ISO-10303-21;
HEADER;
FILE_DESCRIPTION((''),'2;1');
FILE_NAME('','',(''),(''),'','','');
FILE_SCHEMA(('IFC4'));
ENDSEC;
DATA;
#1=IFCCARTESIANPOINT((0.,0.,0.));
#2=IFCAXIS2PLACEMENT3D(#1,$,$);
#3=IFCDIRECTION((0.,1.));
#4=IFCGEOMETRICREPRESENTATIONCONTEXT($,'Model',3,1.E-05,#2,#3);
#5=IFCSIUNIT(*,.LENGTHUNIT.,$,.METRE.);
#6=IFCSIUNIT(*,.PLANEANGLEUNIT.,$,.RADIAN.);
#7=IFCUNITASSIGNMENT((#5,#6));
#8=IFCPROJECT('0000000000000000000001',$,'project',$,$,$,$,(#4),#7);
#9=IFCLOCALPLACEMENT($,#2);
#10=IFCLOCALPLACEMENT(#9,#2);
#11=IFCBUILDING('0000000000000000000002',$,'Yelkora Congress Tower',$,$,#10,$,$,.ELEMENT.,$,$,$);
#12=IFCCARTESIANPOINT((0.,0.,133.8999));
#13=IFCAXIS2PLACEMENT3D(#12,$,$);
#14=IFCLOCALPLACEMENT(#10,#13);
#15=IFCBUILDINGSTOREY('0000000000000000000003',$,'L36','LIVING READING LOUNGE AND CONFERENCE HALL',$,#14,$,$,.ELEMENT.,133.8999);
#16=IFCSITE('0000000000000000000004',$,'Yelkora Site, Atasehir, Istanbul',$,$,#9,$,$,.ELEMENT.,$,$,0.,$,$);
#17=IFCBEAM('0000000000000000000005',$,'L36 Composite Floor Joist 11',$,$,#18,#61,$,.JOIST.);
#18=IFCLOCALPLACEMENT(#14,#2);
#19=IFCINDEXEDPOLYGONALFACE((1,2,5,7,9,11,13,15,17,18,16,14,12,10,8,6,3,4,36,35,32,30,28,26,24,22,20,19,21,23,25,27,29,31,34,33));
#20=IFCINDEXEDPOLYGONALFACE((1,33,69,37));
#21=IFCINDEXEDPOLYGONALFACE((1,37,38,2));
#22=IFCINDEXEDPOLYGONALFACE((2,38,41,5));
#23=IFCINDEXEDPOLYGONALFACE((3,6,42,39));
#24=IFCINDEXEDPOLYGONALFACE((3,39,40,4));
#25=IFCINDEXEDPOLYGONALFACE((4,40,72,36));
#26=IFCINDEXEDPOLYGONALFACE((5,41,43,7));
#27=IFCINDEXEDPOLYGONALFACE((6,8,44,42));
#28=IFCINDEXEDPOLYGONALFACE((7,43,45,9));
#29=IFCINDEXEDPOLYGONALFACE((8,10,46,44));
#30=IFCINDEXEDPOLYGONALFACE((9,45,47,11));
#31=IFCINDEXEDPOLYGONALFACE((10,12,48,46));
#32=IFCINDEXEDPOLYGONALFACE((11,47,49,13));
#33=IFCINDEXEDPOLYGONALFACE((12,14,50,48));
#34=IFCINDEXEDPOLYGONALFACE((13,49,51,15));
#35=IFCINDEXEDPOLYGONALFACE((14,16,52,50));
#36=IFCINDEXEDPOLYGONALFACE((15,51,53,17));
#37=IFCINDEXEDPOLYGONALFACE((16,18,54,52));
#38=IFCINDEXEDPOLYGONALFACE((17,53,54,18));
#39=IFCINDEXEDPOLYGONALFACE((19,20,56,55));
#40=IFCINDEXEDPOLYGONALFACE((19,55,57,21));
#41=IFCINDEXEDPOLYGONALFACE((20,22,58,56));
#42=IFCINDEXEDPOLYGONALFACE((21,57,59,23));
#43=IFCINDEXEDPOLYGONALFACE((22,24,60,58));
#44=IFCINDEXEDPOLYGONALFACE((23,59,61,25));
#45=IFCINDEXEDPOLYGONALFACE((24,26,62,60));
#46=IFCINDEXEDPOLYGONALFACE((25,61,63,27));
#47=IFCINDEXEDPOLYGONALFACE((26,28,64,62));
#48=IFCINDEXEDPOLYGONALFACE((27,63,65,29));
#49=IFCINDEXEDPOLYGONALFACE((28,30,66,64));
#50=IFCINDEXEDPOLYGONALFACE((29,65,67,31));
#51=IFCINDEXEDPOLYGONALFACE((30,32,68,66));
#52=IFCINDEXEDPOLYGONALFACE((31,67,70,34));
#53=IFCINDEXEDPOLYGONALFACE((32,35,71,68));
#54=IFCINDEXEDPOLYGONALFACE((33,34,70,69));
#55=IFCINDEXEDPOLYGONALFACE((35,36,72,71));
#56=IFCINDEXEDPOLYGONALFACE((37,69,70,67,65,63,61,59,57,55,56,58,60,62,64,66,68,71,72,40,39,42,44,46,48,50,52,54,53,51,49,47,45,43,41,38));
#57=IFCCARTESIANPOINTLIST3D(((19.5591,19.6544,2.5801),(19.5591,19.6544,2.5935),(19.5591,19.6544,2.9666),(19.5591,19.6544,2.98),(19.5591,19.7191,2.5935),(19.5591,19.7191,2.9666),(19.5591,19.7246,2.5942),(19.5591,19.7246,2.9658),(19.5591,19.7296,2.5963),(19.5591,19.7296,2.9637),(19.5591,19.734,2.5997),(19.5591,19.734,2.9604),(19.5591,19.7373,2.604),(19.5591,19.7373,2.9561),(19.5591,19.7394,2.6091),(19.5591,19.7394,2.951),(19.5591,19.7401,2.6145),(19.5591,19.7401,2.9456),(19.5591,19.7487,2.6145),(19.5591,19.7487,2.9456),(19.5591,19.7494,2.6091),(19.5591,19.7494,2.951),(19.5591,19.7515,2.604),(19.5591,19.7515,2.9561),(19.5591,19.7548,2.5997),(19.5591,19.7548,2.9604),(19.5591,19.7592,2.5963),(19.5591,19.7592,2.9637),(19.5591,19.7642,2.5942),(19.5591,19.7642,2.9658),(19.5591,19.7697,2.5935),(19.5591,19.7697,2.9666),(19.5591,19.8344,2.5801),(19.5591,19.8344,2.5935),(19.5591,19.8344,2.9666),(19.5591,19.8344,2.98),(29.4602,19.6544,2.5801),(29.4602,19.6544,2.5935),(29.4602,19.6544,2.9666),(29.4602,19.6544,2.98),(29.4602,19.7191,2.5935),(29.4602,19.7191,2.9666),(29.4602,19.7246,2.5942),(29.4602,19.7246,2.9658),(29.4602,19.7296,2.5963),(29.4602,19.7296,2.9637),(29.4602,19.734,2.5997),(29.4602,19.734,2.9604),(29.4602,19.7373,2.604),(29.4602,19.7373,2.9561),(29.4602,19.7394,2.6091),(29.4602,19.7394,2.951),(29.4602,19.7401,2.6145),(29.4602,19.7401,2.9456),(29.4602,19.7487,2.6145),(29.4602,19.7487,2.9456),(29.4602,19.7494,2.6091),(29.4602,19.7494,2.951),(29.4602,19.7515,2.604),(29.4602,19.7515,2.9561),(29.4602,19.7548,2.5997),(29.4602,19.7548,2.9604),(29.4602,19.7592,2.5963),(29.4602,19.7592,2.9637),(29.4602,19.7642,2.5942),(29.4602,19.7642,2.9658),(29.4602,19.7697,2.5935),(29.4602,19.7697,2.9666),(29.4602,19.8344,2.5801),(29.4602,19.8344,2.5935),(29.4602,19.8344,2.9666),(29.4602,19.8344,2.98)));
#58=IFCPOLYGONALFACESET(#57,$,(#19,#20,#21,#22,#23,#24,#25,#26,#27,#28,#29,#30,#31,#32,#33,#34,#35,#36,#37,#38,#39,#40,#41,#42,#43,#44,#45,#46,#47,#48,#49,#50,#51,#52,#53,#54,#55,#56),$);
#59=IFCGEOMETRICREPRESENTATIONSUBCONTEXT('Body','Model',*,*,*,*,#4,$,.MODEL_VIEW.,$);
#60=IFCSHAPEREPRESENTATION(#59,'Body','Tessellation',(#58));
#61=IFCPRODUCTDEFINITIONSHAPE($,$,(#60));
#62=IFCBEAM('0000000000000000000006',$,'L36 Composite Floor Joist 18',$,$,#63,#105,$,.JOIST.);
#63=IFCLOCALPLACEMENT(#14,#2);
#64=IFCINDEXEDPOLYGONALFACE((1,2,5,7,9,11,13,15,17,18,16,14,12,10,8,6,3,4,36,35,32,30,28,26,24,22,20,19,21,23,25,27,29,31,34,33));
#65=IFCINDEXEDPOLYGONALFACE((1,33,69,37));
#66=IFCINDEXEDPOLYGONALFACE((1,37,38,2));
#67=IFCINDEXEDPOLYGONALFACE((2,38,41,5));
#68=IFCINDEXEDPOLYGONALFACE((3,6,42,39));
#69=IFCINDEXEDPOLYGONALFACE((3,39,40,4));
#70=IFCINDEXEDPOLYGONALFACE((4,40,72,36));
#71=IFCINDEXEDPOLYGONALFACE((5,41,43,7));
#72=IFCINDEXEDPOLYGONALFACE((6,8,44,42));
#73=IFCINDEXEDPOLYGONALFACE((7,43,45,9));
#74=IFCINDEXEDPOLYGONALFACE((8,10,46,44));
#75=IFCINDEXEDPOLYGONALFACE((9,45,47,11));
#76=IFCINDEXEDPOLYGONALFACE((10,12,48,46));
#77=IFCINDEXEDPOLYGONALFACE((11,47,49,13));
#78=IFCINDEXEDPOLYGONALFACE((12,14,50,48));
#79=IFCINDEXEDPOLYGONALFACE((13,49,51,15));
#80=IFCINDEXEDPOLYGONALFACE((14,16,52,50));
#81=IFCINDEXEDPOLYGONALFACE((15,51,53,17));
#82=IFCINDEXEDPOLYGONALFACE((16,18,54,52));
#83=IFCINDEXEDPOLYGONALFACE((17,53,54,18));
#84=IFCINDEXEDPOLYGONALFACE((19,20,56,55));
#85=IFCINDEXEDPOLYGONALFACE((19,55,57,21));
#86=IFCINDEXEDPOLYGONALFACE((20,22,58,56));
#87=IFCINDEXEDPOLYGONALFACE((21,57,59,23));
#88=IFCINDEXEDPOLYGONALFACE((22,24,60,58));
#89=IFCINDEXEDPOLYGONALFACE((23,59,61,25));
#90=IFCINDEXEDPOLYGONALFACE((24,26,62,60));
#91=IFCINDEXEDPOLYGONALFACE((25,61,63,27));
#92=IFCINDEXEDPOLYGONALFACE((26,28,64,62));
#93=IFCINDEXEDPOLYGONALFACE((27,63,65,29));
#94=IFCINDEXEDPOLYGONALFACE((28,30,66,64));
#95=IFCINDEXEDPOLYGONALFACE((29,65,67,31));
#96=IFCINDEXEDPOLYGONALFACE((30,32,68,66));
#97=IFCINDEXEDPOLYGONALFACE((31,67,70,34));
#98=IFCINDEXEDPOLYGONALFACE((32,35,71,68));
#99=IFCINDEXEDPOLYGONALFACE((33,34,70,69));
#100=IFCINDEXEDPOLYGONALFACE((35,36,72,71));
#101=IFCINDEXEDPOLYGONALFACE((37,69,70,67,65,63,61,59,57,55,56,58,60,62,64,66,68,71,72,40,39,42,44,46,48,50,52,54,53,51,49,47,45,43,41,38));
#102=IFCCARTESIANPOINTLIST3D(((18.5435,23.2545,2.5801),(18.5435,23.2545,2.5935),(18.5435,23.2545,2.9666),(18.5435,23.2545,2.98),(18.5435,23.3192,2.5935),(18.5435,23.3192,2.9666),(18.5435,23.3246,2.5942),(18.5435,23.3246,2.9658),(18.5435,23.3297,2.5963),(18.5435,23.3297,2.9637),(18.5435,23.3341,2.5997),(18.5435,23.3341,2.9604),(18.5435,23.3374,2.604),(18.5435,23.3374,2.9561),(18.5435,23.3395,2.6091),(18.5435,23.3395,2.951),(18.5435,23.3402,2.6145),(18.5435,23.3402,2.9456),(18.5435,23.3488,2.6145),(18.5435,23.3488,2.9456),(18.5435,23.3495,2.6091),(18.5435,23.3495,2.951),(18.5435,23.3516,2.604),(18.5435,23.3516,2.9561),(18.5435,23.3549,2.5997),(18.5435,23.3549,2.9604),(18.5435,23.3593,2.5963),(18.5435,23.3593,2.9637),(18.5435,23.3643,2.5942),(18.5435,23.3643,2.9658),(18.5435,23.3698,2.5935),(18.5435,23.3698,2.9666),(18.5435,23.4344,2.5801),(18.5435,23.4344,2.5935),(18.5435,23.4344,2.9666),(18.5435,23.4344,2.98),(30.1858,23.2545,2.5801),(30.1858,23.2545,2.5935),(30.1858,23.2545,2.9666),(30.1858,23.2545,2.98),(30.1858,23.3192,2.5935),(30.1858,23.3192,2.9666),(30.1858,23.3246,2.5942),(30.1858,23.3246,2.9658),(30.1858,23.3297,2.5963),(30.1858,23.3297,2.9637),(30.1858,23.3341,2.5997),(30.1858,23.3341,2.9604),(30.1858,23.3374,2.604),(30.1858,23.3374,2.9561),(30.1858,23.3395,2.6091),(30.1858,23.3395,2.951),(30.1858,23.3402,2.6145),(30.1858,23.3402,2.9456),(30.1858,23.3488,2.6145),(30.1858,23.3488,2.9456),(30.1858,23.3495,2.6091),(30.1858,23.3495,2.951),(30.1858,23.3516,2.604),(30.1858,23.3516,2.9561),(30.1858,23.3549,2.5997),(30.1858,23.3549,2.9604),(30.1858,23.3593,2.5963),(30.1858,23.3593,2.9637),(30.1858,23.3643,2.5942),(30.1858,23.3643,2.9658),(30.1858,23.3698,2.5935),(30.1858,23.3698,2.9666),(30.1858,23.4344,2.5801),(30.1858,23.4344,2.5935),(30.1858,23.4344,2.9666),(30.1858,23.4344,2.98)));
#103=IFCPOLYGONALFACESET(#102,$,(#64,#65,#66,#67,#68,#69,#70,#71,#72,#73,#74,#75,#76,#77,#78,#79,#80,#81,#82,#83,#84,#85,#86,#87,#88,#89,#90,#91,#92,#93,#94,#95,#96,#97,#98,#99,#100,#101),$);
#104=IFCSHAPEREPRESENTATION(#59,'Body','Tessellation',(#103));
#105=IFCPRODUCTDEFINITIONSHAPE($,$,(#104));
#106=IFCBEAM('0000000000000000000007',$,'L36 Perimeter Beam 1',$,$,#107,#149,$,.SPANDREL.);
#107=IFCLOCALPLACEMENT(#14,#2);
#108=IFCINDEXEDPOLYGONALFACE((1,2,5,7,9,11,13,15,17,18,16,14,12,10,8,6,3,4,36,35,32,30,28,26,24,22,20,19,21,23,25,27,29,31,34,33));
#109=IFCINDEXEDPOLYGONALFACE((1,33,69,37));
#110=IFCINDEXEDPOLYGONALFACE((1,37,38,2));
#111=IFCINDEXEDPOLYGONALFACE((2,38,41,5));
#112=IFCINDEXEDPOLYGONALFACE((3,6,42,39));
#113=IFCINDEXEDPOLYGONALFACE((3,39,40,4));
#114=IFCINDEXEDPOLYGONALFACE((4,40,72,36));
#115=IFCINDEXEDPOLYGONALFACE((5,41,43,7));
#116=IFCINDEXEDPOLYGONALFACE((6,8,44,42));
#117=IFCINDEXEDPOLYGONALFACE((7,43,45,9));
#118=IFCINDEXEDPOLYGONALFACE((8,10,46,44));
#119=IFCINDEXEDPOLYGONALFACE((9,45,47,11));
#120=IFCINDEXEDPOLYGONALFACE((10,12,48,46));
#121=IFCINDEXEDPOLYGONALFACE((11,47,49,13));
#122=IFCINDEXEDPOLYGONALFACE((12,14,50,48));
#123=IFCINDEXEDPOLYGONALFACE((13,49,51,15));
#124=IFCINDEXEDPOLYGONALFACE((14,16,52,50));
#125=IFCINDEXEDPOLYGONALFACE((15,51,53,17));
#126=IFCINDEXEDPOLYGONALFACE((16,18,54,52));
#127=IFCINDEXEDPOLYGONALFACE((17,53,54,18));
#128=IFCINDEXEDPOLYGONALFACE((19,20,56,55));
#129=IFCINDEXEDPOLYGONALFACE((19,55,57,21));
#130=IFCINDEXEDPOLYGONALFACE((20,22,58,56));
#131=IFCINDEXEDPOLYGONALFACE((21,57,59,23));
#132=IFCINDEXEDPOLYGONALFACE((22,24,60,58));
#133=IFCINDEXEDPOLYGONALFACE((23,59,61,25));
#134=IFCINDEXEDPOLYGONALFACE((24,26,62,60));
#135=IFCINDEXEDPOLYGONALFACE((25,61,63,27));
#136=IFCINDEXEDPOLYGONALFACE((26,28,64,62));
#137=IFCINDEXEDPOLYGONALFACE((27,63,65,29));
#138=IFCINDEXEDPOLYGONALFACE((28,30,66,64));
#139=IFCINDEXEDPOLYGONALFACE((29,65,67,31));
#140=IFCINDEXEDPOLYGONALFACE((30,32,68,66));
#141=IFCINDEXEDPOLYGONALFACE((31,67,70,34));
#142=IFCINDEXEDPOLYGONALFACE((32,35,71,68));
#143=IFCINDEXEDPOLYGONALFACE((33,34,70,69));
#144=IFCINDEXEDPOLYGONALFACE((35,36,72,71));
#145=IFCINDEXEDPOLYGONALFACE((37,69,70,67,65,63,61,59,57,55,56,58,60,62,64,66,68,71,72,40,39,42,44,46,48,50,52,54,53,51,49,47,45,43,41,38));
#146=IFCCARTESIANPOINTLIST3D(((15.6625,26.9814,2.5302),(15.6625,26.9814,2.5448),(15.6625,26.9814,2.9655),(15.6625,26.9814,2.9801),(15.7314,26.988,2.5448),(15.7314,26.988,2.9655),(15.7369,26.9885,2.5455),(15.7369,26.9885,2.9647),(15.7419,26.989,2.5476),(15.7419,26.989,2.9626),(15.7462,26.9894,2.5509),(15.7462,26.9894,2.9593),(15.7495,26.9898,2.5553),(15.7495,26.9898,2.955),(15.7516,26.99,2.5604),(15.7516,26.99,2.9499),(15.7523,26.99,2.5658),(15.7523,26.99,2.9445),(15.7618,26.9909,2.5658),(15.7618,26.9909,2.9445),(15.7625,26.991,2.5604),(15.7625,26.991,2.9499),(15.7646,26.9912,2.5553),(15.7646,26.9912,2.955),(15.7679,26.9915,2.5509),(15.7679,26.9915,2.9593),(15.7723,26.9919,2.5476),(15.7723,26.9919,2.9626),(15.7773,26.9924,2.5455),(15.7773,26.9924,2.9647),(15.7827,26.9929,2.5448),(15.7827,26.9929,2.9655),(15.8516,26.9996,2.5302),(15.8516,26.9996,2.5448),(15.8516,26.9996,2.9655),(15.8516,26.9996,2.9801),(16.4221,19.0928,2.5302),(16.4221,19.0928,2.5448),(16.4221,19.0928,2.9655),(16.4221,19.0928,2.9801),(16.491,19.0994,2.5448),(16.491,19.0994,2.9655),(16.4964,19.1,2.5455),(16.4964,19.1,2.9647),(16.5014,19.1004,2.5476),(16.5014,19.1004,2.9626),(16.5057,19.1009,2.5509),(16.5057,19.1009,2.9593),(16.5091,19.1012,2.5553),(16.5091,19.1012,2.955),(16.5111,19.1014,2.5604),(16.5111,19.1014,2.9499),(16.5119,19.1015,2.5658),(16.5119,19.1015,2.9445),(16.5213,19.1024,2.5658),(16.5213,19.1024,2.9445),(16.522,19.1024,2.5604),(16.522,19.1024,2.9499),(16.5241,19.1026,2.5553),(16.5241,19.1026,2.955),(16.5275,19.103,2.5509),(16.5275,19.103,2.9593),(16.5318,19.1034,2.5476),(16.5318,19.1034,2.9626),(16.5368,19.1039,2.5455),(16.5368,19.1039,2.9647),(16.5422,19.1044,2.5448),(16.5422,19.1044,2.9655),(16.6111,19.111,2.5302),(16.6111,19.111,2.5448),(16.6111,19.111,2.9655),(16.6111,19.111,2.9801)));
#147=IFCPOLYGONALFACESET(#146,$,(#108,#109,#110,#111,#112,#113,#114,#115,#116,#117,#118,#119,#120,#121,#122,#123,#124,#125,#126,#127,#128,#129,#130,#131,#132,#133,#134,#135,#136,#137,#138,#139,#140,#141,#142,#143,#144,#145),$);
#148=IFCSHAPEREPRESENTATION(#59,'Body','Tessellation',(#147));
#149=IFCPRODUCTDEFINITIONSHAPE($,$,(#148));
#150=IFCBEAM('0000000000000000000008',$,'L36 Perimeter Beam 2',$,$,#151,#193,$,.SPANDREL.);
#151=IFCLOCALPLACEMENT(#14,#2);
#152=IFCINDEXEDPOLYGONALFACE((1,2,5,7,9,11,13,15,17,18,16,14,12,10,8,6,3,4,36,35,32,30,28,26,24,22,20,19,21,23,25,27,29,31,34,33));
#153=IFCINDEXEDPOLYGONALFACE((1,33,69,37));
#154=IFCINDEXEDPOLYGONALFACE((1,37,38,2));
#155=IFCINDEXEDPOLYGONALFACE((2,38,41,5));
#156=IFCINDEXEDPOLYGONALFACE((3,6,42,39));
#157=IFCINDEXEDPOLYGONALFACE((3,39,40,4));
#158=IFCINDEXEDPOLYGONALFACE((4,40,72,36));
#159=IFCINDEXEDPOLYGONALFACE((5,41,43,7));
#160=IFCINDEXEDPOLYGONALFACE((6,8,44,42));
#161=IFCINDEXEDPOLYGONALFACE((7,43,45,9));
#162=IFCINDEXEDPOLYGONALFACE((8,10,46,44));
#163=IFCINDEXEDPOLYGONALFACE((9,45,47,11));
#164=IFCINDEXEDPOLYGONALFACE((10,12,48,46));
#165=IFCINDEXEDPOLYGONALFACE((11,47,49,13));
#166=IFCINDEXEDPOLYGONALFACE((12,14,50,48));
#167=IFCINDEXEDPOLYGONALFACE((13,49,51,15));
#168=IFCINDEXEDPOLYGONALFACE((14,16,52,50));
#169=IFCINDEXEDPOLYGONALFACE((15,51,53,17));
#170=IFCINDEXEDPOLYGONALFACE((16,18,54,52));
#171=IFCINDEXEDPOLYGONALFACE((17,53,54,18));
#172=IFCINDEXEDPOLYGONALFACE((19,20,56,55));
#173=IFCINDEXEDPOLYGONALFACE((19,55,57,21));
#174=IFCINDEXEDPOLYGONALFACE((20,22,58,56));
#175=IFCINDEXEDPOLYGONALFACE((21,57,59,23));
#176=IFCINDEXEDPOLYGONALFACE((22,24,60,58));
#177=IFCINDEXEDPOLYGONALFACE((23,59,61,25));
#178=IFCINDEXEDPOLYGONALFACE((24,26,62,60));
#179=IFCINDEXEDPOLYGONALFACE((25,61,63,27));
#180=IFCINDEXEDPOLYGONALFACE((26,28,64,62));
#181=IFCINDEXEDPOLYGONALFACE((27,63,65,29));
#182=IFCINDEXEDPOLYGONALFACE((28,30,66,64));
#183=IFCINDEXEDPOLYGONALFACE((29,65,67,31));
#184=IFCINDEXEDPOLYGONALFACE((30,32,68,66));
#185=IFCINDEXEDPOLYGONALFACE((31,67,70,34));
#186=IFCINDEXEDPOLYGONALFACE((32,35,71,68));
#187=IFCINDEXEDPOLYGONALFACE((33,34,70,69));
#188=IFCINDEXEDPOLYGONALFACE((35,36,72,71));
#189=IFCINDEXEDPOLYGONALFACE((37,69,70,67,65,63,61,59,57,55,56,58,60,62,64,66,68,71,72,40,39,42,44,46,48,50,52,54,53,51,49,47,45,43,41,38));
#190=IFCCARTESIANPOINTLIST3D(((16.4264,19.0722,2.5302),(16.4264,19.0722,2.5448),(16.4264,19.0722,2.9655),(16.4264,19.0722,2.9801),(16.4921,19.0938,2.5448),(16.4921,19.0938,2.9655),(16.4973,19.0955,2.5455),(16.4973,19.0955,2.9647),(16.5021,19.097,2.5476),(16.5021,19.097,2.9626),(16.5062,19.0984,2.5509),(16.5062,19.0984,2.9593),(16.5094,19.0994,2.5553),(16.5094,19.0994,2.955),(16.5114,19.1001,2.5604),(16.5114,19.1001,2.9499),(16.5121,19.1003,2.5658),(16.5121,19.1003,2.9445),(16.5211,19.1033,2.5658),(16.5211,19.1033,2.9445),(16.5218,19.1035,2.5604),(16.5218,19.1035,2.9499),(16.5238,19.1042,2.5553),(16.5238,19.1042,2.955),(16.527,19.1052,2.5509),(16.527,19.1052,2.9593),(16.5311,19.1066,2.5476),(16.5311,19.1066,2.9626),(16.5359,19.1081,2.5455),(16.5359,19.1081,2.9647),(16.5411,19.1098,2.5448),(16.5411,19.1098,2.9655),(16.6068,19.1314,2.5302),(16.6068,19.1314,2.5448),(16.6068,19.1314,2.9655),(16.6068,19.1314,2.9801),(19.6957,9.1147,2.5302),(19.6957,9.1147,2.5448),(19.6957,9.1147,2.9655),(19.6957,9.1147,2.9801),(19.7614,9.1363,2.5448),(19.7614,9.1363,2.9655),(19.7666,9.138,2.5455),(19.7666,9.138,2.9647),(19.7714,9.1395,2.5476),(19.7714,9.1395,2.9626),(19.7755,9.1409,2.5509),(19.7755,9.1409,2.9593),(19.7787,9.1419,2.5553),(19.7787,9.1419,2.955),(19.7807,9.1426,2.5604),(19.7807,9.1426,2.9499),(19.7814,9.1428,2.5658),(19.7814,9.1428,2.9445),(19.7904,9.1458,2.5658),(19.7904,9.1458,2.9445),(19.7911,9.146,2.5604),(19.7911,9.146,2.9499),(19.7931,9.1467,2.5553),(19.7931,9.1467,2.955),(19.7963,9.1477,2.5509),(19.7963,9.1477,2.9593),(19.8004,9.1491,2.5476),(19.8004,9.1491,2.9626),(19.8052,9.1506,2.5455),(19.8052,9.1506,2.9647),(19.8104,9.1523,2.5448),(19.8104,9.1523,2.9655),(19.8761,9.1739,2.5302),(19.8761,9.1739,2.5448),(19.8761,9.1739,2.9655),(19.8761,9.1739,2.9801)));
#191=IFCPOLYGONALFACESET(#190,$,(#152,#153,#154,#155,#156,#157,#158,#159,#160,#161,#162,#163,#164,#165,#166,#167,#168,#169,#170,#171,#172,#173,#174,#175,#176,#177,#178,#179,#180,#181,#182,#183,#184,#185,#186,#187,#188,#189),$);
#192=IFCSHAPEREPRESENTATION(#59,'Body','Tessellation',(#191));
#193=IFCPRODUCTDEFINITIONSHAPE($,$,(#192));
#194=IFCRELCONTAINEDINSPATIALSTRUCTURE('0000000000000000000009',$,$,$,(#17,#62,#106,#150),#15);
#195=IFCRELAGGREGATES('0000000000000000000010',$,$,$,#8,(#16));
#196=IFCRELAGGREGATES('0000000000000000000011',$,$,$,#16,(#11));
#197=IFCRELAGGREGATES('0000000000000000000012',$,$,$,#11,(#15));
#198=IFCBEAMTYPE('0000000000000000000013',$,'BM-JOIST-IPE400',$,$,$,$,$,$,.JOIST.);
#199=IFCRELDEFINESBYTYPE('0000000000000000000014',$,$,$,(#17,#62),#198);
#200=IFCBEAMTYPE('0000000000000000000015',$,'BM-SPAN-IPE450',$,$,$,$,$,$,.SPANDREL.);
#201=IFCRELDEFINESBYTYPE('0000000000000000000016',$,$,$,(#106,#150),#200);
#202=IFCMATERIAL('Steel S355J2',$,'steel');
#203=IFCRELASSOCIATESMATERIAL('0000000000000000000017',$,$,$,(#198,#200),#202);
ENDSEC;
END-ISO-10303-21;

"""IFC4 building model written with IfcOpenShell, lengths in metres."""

from ifc_helpers import new_model, si_unit, direction, frame, origin, origin_2d, place, context, subcontext, project, spatial, i_section, extrude, material, material_profile, profile_set, type_object, element, save


model = new_model("IFC4")

# Units and contexts
model_context = context("Model", 3, precision=1e-05, world=origin(), true_north=direction((0.0, 1.0)))
body_context = subcontext(model_context, "Body", "Model", "MODEL_VIEW")
ifc_project = project(units=[si_unit("LENGTHUNIT", "METRE"), si_unit("PLANEANGLEUNIT", "RADIAN")], contexts=[model_context])

# Site, building, storey
site_placement = place(None, origin())
site = spatial("IfcSite", under=ifc_project, at=site_placement, Name="Yelkora Site, Atasehir, Istanbul", CompositionType="ELEMENT", RefElevation=0.0)
building_placement = place(site_placement, origin())
building = spatial("IfcBuilding", under=site, at=building_placement, Name="Yelkora Congress Tower", CompositionType="ELEMENT")
storey_placement = place(building_placement, frame((0.0, 0.0, 133.8999)))
storey = spatial("IfcBuildingStorey", under=building, at=storey_placement, Name="L36", Description="LIVING READING LOUNGE AND CONFERENCE HALL", CompositionType="ELEMENT", Elevation=133.8999)

# Beams
ifc_material_1 = material(Name="Steel S355J2", Category="steel")
ifc_material_profile_1 = material_profile(ifc_material_1, i_section(OverallWidth=0.1799, OverallDepth=0.3999, WebThickness=0.0085, FlangeThickness=0.0134, FilletRadius=0.021, at=origin_2d()), Name="IPE 400")
ifc_profile_set_1 = profile_set([ifc_material_profile_1], Name="Steel S355J2")
beam_type_1 = type_object("IfcBeamType", Name="BM-JOIST-IPE400", PredefinedType="JOIST", material=ifc_profile_set_1)
beam_1_placement = place(storey_placement, frame((19.5591, 19.7444, 2.78), z_axis=(1.0, 0.0, 0.0), x_axis=(0.0, 1.0, 0.0)))
element("IfcBeam", 1, at=beam_1_placement, inside=storey, type_object=beam_type_1, Name="L36 Composite Floor Joist 11", PredefinedType="JOIST", context=body_context, shape_type="SweptSolid", body=[
    extrude(i_section(OverallWidth=0.1799, OverallDepth=0.3999, WebThickness=0.0085, FlangeThickness=0.0134, FilletRadius=0.021, at=origin_2d()), origin(), (0.0, 0.0, 1.0), 9.9011),
])
beam_2_placement = place(storey_placement, frame((18.5435, 23.3445, 2.78), z_axis=(1.0, 0.0, 0.0), x_axis=(0.0, 1.0, 0.0)))
element("IfcBeam", 2, at=beam_2_placement, inside=storey, type_object=beam_type_1, Name="L36 Composite Floor Joist 18", PredefinedType="JOIST", context=body_context, shape_type="SweptSolid", body=[
    extrude(i_section(OverallWidth=0.1799, OverallDepth=0.3999, WebThickness=0.0085, FlangeThickness=0.0134, FilletRadius=0.021, at=origin_2d()), origin(), (0.0, 0.0, 1.0), 11.6423),
])
ifc_material_profile_2 = material_profile(ifc_material_1, i_section(OverallWidth=0.1899, OverallDepth=0.45, WebThickness=0.0095, FlangeThickness=0.0146, FilletRadius=0.021, at=origin_2d()), Name="IPE 450")
ifc_profile_set_2 = profile_set([ifc_material_profile_2], Name="Steel S355J2")
beam_type_2 = type_object("IfcBeamType", Name="BM-SPAN-IPE450", PredefinedType="SPANDREL", material=ifc_profile_set_2)
beam_3_placement = place(storey_placement, frame((15.7571, 26.9905, 2.7551), z_axis=(0.095837, -0.995397, 0.0), x_axis=(0.995397, 0.095837, 0.0)))
element("IfcBeam", 3, at=beam_3_placement, inside=storey, type_object=beam_type_2, Name="L36 Perimeter Beam 1", PredefinedType="SPANDREL", context=body_context, shape_type="SweptSolid", body=[
    extrude(i_section(OverallWidth=0.1899, OverallDepth=0.45, WebThickness=0.0095, FlangeThickness=0.0146, FilletRadius=0.021, at=origin_2d()), origin(), (0.0, 0.0, 1.0), 7.925),
])
beam_4_placement = place(storey_placement, frame((16.5166, 19.1018, 2.7551), z_axis=(0.311941, -0.950102, 0.0), x_axis=(0.950102, 0.311941, 0.0)))
element("IfcBeam", 4, at=beam_4_placement, inside=storey, type_object=beam_type_2, Name="L36 Perimeter Beam 2", PredefinedType="SPANDREL", context=body_context, shape_type="SweptSolid", body=[
    extrude(i_section(OverallWidth=0.1899, OverallDepth=0.45, WebThickness=0.0095, FlangeThickness=0.0146, FilletRadius=0.021, at=origin_2d()), origin(), (0.0, 0.0, 1.0), 10.4805),
])

save(model, "model.ifc")
